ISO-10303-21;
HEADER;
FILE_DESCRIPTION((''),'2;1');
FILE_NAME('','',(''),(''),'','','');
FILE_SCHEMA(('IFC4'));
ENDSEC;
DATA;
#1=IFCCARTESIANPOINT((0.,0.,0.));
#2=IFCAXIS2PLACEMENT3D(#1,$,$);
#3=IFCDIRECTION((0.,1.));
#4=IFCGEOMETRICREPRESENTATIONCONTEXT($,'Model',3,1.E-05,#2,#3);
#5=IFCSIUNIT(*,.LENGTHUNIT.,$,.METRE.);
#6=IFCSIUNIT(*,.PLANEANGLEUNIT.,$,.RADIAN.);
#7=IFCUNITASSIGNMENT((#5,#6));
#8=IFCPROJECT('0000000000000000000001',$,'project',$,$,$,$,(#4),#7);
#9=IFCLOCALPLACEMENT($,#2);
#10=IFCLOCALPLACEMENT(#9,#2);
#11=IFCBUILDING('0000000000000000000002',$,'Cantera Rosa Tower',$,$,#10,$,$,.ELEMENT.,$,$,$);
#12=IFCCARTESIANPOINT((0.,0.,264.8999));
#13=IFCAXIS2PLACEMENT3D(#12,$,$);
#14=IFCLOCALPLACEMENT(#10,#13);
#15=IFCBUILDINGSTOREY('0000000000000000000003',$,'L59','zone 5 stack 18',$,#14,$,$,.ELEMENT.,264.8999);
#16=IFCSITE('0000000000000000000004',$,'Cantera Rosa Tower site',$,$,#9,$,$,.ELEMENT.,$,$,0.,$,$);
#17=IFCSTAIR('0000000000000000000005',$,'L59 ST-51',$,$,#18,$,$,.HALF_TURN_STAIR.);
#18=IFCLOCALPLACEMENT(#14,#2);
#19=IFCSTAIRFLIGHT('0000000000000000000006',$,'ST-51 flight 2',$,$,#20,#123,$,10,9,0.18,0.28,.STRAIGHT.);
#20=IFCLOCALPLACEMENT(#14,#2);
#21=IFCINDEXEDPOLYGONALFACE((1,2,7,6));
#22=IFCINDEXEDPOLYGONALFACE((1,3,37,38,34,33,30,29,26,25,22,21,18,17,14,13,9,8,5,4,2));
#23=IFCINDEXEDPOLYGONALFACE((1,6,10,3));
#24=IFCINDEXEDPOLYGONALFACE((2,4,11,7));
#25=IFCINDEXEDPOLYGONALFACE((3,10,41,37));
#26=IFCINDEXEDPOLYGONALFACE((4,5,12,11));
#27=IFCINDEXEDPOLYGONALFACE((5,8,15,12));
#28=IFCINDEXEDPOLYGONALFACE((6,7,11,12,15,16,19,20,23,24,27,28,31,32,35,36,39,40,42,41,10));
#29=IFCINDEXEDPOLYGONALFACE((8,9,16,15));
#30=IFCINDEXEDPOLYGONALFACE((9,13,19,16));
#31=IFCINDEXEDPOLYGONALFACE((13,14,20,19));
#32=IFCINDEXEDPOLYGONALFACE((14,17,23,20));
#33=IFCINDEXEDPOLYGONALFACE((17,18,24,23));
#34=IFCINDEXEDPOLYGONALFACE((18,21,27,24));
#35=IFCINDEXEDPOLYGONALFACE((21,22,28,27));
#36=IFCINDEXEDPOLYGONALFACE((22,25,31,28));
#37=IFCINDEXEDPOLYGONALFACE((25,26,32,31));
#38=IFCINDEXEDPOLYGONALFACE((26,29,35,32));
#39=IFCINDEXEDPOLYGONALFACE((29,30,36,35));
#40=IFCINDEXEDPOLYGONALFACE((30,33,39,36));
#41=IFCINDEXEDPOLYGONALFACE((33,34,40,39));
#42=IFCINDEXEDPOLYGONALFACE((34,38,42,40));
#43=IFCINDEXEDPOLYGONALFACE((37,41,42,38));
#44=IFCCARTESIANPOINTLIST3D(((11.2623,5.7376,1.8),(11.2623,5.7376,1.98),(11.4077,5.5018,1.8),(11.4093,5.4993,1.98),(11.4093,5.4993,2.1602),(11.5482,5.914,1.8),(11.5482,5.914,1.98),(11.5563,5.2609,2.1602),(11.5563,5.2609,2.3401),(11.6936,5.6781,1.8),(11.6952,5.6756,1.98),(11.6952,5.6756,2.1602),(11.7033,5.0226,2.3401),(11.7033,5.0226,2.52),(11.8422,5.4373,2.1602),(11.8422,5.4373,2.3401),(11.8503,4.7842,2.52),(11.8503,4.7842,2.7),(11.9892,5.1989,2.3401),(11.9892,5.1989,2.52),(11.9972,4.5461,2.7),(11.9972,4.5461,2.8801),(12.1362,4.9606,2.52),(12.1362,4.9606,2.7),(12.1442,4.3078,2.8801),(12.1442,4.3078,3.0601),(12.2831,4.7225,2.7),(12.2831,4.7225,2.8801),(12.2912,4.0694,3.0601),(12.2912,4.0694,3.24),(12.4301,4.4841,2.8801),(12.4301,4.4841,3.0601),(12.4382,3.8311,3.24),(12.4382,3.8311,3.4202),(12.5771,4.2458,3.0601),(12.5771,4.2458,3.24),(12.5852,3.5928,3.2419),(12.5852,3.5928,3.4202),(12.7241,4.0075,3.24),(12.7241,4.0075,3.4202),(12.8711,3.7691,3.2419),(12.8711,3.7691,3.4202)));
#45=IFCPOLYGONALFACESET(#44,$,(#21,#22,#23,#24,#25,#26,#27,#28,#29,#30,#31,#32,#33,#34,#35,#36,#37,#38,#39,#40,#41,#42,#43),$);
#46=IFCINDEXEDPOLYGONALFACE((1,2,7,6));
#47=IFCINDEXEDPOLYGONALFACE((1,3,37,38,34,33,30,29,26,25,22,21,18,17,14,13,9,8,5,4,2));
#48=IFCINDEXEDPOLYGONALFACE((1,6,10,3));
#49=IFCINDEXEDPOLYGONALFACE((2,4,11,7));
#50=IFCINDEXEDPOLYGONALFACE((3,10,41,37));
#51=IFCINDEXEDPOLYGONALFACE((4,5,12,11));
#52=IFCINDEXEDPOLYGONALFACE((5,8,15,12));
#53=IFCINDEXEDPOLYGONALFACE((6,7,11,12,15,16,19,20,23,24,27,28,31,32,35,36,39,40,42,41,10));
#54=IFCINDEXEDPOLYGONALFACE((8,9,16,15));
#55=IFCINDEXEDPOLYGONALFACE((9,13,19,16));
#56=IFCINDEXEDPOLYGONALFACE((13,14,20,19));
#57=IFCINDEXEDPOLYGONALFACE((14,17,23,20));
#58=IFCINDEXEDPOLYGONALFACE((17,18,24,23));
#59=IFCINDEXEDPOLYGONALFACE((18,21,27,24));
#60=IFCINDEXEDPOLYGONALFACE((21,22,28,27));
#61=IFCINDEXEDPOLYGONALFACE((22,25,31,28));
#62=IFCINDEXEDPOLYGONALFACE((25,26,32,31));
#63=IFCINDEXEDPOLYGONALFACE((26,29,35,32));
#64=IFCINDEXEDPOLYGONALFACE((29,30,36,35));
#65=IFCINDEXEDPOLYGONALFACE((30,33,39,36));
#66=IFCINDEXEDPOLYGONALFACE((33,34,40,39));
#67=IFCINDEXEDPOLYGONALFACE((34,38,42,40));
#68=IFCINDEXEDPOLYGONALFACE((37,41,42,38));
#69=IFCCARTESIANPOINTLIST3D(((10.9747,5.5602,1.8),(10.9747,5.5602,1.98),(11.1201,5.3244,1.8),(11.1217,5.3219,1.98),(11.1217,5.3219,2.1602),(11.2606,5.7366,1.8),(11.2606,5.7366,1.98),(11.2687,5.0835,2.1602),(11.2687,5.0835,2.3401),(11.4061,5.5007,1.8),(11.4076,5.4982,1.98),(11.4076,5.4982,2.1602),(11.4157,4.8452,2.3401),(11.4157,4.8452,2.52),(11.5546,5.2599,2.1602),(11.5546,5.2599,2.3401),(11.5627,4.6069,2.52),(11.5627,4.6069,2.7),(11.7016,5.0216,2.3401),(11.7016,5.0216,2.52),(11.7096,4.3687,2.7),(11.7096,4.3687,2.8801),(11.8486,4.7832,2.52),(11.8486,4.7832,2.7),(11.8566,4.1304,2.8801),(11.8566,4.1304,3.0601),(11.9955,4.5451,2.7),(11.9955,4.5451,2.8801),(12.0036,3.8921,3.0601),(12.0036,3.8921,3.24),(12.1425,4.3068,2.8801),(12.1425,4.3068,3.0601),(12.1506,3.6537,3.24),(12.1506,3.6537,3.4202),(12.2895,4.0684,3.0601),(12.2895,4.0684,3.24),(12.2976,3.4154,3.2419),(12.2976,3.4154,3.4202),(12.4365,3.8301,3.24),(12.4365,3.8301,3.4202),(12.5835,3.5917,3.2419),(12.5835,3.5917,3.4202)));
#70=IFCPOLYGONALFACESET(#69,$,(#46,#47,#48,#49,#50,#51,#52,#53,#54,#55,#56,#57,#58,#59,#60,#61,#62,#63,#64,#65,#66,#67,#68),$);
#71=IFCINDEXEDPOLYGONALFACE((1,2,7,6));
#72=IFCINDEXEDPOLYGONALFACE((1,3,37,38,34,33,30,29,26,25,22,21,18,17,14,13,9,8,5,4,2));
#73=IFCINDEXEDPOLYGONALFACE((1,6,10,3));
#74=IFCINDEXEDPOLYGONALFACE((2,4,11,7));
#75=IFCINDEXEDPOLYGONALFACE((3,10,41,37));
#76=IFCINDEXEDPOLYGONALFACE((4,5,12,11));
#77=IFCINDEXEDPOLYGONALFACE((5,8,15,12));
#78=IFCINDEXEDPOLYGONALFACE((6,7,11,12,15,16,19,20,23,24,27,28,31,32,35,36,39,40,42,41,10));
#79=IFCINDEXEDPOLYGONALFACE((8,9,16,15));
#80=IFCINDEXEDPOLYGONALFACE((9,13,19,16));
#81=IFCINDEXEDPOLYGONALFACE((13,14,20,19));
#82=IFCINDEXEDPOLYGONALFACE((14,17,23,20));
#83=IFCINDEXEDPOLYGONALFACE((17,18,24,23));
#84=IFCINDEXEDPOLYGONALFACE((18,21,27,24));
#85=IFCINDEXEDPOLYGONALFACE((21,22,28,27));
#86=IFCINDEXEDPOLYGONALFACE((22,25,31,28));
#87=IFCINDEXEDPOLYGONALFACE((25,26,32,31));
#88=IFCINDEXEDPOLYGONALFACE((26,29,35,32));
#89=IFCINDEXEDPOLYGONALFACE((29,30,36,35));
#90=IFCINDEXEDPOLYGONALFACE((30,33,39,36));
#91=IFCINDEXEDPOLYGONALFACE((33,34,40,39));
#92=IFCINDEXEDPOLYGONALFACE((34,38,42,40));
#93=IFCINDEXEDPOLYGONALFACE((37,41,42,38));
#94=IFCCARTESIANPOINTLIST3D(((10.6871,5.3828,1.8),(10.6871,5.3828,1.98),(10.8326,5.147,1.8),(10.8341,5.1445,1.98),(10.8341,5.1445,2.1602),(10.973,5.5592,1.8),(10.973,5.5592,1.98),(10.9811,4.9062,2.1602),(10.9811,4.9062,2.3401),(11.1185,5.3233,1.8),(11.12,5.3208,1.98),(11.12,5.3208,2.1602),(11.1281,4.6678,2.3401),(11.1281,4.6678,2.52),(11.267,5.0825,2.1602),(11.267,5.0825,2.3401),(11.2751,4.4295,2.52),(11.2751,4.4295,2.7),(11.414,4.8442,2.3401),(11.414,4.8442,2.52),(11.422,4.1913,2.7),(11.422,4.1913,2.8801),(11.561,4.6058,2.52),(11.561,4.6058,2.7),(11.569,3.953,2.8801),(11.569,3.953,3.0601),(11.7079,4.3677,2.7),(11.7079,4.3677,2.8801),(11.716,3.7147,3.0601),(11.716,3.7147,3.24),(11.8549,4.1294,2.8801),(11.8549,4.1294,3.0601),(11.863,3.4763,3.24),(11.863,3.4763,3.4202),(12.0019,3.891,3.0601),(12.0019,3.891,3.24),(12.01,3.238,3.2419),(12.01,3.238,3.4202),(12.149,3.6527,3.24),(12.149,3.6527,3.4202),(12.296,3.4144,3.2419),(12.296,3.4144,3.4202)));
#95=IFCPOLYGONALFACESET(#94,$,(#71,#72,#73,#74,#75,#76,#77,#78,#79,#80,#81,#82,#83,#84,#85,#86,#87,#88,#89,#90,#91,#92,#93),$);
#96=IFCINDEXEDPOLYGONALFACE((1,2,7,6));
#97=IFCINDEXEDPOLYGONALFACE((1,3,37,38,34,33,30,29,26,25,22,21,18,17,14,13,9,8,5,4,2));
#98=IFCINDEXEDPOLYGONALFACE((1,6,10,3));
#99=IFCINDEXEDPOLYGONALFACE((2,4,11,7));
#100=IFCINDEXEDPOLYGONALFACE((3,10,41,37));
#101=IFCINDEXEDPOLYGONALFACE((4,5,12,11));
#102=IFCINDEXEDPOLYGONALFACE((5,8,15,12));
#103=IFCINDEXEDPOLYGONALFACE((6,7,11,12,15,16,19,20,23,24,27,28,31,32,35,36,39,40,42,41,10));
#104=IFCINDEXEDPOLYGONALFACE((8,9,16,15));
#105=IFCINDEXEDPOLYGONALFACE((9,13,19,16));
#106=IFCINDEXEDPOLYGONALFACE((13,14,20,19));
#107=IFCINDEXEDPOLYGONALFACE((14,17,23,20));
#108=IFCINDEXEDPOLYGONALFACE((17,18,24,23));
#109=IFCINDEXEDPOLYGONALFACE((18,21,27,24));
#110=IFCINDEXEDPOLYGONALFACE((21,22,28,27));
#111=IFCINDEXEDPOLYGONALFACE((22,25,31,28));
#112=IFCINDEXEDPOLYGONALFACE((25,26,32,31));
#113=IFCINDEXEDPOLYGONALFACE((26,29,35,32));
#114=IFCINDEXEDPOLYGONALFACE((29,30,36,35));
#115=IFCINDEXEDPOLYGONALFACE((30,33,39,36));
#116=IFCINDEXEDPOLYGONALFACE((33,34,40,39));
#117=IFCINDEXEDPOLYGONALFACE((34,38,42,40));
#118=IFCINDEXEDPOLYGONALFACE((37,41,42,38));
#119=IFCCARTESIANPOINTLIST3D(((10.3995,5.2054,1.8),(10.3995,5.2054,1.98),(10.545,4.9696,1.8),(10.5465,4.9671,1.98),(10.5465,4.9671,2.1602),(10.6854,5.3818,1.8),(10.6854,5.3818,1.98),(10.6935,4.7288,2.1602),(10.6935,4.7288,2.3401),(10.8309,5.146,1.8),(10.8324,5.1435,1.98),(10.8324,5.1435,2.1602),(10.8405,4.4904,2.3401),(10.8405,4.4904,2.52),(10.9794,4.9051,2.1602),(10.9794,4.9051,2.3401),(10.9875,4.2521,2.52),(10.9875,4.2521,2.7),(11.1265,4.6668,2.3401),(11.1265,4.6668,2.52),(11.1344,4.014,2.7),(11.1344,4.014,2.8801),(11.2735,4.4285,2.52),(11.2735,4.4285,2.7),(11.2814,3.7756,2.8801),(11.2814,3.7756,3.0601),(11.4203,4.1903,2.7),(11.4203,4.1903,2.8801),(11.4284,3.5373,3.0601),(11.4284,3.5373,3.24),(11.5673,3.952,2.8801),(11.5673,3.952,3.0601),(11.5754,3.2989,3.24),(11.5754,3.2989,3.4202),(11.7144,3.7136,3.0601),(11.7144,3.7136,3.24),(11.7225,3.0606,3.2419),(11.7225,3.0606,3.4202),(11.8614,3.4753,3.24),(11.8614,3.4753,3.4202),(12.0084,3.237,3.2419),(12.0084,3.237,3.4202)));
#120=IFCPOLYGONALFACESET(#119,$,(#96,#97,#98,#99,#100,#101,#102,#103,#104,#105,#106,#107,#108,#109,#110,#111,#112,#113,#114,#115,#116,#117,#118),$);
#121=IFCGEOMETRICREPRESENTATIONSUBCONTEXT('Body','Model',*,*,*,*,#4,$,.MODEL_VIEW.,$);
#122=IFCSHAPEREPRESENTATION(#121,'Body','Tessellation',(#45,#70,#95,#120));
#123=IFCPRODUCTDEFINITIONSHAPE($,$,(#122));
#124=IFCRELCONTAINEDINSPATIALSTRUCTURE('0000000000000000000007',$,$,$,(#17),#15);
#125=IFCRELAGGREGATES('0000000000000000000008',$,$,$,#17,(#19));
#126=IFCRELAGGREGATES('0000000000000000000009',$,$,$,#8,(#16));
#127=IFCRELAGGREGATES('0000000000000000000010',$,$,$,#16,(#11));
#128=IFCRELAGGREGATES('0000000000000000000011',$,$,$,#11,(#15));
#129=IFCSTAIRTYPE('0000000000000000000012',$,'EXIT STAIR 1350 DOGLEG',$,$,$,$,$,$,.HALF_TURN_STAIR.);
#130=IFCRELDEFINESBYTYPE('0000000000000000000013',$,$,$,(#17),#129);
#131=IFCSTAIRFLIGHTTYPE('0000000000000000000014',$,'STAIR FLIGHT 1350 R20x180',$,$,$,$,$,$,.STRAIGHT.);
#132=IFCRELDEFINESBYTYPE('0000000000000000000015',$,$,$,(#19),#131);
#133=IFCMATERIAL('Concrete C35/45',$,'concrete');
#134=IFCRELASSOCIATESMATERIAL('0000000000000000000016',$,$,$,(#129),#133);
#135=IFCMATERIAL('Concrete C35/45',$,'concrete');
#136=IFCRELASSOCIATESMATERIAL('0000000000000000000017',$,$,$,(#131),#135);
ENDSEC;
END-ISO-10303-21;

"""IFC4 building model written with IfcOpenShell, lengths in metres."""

from ifc_helpers import new_model, si_unit, direction, frame, origin, place, context, subcontext, project, spatial, polyline, outline, extrude, material, type_object, element, aggregate, save


model = new_model("IFC4")

# Units and contexts
model_context = context("Model", 3, precision=1e-05, world=origin(), true_north=direction((0.0, 1.0)))
body_context = subcontext(model_context, "Body", "Model", "MODEL_VIEW")
ifc_project = project(units=[si_unit("LENGTHUNIT", "METRE"), si_unit("PLANEANGLEUNIT", "RADIAN")], contexts=[model_context])

# Site, building, storey
site_placement = place(None, origin())
site = spatial("IfcSite", under=ifc_project, at=site_placement, Name="Cantera Rosa Tower site", CompositionType="ELEMENT", RefElevation=0.0)
building_placement = place(site_placement, origin())
building = spatial("IfcBuilding", under=site, at=building_placement, Name="Cantera Rosa Tower", CompositionType="ELEMENT")
storey_placement = place(building_placement, frame((0.0, 0.0, 264.8999)))
storey = spatial("IfcBuildingStorey", under=building, at=storey_placement, Name="L59", Description="zone 5 stack 18", CompositionType="ELEMENT", Elevation=264.8999)

# Stair, stair flight
ifc_material_1 = material(Name="Concrete C35/45", Category="concrete")
stair_type = type_object("IfcStairType", Name="EXIT STAIR 1350 DOGLEG", PredefinedType="HALF_TURN_STAIR", material=ifc_material_1)
stair_placement = place(storey_placement, origin())
stair = element("IfcStair", 1, at=stair_placement, inside=storey, type_object=stair_type, Name="L59 ST-51", PredefinedType="HALF_TURN_STAIR")
ifc_material_2 = material(Name="Concrete C35/45", Category="concrete")
stair_flight_type = type_object("IfcStairFlightType", Name="STAIR FLIGHT 1350 R20x180", PredefinedType="STRAIGHT", material=ifc_material_2)
stair_flight_1_placement = place(storey_placement, frame((10.9736, 5.5596, 1.8), z_axis=(0.0, 0.0, 1.0), x_axis=(0.524977, -0.851117, 0.0)))
stair_flight_1 = element("IfcStairFlight", 2, at=stair_flight_1_placement, type_object=stair_flight_type, Name="ST-51 flight 2", NumberOfRisers=10, NumberOfTreads=9, PredefinedType="STRAIGHT", RiserHeight=0.18, TreadLength=0.28, context=body_context, shape_type="SweptSolid", body=[
    extrude(outline(polyline([(0.0, 0.0), (0.0, 0.1799), (0.28, 0.1799), (0.28, 0.3601), (0.5601, 0.3601), (0.5601, 0.54), (0.8401, 0.54), (0.8401, 0.72), (1.1201, 0.72), (1.1201, 0.8999), (1.3999, 0.8999), (1.3999, 1.0801), (1.6799, 1.0801), (1.6799, 1.26), (1.96, 1.26), (1.96, 1.4399), (2.24, 1.4399), (2.24, 1.6201), (2.52, 1.6201), (2.52, 1.8), (2.52, 1.4419), (0.2771, 0.0), (0.0, 0.0)])), frame((0.0, 0.675, 0.0), z_axis=(0.0, -1.0, 0.0), x_axis=(1.0, 0.0, 0.0)), (0.0, 0.0, 1.0), 0.3359),
    extrude(outline(polyline([(0.0, 0.0), (0.0, 0.1799), (0.28, 0.1799), (0.28, 0.3601), (0.5601, 0.3601), (0.5601, 0.54), (0.8401, 0.54), (0.8401, 0.72), (1.1201, 0.72), (1.1201, 0.8999), (1.3999, 0.8999), (1.3999, 1.0801), (1.6799, 1.0801), (1.6799, 1.26), (1.96, 1.26), (1.96, 1.4399), (2.24, 1.4399), (2.24, 1.6201), (2.52, 1.6201), (2.52, 1.8), (2.52, 1.4419), (0.2771, 0.0), (0.0, 0.0)])), frame((0.0, 0.3372, 0.0), z_axis=(0.0, -1.0, 0.0), x_axis=(1.0, 0.0, 0.0)), (0.0, 0.0, 1.0), 0.3359),
    extrude(outline(polyline([(0.0, 0.0), (0.0, 0.1799), (0.28, 0.1799), (0.28, 0.3601), (0.5601, 0.3601), (0.5601, 0.54), (0.8401, 0.54), (0.8401, 0.72), (1.1201, 0.72), (1.1201, 0.8999), (1.3999, 0.8999), (1.3999, 1.0801), (1.6799, 1.0801), (1.6799, 1.26), (1.96, 1.26), (1.96, 1.4399), (2.24, 1.4399), (2.24, 1.6201), (2.52, 1.6201), (2.52, 1.8), (2.52, 1.4419), (0.2771, 0.0), (0.0, 0.0)])), frame((0.0, -0.0007, 0.0), z_axis=(0.0, -1.0, 0.0), x_axis=(1.0, 0.0, 0.0)), (0.0, 0.0, 1.0), 0.3359),
    extrude(outline(polyline([(0.0, 0.0), (0.0, 0.1799), (0.28, 0.1799), (0.28, 0.3601), (0.5601, 0.3601), (0.5601, 0.54), (0.8401, 0.54), (0.8401, 0.72), (1.1201, 0.72), (1.1201, 0.8999), (1.3999, 0.8999), (1.3999, 1.0801), (1.6799, 1.0801), (1.6799, 1.26), (1.96, 1.26), (1.96, 1.4399), (2.24, 1.4399), (2.24, 1.6201), (2.52, 1.6201), (2.52, 1.8), (2.52, 1.4419), (0.2771, 0.0), (0.0, 0.0)])), frame((0.0, -0.3386, 0.0), z_axis=(0.0, -1.0, 0.0), x_axis=(1.0, 0.0, 0.0)), (0.0, 0.0, 1.0), 0.3359),
])
aggregate(stair, [stair_flight_1])

save(model, "model.ifc")
